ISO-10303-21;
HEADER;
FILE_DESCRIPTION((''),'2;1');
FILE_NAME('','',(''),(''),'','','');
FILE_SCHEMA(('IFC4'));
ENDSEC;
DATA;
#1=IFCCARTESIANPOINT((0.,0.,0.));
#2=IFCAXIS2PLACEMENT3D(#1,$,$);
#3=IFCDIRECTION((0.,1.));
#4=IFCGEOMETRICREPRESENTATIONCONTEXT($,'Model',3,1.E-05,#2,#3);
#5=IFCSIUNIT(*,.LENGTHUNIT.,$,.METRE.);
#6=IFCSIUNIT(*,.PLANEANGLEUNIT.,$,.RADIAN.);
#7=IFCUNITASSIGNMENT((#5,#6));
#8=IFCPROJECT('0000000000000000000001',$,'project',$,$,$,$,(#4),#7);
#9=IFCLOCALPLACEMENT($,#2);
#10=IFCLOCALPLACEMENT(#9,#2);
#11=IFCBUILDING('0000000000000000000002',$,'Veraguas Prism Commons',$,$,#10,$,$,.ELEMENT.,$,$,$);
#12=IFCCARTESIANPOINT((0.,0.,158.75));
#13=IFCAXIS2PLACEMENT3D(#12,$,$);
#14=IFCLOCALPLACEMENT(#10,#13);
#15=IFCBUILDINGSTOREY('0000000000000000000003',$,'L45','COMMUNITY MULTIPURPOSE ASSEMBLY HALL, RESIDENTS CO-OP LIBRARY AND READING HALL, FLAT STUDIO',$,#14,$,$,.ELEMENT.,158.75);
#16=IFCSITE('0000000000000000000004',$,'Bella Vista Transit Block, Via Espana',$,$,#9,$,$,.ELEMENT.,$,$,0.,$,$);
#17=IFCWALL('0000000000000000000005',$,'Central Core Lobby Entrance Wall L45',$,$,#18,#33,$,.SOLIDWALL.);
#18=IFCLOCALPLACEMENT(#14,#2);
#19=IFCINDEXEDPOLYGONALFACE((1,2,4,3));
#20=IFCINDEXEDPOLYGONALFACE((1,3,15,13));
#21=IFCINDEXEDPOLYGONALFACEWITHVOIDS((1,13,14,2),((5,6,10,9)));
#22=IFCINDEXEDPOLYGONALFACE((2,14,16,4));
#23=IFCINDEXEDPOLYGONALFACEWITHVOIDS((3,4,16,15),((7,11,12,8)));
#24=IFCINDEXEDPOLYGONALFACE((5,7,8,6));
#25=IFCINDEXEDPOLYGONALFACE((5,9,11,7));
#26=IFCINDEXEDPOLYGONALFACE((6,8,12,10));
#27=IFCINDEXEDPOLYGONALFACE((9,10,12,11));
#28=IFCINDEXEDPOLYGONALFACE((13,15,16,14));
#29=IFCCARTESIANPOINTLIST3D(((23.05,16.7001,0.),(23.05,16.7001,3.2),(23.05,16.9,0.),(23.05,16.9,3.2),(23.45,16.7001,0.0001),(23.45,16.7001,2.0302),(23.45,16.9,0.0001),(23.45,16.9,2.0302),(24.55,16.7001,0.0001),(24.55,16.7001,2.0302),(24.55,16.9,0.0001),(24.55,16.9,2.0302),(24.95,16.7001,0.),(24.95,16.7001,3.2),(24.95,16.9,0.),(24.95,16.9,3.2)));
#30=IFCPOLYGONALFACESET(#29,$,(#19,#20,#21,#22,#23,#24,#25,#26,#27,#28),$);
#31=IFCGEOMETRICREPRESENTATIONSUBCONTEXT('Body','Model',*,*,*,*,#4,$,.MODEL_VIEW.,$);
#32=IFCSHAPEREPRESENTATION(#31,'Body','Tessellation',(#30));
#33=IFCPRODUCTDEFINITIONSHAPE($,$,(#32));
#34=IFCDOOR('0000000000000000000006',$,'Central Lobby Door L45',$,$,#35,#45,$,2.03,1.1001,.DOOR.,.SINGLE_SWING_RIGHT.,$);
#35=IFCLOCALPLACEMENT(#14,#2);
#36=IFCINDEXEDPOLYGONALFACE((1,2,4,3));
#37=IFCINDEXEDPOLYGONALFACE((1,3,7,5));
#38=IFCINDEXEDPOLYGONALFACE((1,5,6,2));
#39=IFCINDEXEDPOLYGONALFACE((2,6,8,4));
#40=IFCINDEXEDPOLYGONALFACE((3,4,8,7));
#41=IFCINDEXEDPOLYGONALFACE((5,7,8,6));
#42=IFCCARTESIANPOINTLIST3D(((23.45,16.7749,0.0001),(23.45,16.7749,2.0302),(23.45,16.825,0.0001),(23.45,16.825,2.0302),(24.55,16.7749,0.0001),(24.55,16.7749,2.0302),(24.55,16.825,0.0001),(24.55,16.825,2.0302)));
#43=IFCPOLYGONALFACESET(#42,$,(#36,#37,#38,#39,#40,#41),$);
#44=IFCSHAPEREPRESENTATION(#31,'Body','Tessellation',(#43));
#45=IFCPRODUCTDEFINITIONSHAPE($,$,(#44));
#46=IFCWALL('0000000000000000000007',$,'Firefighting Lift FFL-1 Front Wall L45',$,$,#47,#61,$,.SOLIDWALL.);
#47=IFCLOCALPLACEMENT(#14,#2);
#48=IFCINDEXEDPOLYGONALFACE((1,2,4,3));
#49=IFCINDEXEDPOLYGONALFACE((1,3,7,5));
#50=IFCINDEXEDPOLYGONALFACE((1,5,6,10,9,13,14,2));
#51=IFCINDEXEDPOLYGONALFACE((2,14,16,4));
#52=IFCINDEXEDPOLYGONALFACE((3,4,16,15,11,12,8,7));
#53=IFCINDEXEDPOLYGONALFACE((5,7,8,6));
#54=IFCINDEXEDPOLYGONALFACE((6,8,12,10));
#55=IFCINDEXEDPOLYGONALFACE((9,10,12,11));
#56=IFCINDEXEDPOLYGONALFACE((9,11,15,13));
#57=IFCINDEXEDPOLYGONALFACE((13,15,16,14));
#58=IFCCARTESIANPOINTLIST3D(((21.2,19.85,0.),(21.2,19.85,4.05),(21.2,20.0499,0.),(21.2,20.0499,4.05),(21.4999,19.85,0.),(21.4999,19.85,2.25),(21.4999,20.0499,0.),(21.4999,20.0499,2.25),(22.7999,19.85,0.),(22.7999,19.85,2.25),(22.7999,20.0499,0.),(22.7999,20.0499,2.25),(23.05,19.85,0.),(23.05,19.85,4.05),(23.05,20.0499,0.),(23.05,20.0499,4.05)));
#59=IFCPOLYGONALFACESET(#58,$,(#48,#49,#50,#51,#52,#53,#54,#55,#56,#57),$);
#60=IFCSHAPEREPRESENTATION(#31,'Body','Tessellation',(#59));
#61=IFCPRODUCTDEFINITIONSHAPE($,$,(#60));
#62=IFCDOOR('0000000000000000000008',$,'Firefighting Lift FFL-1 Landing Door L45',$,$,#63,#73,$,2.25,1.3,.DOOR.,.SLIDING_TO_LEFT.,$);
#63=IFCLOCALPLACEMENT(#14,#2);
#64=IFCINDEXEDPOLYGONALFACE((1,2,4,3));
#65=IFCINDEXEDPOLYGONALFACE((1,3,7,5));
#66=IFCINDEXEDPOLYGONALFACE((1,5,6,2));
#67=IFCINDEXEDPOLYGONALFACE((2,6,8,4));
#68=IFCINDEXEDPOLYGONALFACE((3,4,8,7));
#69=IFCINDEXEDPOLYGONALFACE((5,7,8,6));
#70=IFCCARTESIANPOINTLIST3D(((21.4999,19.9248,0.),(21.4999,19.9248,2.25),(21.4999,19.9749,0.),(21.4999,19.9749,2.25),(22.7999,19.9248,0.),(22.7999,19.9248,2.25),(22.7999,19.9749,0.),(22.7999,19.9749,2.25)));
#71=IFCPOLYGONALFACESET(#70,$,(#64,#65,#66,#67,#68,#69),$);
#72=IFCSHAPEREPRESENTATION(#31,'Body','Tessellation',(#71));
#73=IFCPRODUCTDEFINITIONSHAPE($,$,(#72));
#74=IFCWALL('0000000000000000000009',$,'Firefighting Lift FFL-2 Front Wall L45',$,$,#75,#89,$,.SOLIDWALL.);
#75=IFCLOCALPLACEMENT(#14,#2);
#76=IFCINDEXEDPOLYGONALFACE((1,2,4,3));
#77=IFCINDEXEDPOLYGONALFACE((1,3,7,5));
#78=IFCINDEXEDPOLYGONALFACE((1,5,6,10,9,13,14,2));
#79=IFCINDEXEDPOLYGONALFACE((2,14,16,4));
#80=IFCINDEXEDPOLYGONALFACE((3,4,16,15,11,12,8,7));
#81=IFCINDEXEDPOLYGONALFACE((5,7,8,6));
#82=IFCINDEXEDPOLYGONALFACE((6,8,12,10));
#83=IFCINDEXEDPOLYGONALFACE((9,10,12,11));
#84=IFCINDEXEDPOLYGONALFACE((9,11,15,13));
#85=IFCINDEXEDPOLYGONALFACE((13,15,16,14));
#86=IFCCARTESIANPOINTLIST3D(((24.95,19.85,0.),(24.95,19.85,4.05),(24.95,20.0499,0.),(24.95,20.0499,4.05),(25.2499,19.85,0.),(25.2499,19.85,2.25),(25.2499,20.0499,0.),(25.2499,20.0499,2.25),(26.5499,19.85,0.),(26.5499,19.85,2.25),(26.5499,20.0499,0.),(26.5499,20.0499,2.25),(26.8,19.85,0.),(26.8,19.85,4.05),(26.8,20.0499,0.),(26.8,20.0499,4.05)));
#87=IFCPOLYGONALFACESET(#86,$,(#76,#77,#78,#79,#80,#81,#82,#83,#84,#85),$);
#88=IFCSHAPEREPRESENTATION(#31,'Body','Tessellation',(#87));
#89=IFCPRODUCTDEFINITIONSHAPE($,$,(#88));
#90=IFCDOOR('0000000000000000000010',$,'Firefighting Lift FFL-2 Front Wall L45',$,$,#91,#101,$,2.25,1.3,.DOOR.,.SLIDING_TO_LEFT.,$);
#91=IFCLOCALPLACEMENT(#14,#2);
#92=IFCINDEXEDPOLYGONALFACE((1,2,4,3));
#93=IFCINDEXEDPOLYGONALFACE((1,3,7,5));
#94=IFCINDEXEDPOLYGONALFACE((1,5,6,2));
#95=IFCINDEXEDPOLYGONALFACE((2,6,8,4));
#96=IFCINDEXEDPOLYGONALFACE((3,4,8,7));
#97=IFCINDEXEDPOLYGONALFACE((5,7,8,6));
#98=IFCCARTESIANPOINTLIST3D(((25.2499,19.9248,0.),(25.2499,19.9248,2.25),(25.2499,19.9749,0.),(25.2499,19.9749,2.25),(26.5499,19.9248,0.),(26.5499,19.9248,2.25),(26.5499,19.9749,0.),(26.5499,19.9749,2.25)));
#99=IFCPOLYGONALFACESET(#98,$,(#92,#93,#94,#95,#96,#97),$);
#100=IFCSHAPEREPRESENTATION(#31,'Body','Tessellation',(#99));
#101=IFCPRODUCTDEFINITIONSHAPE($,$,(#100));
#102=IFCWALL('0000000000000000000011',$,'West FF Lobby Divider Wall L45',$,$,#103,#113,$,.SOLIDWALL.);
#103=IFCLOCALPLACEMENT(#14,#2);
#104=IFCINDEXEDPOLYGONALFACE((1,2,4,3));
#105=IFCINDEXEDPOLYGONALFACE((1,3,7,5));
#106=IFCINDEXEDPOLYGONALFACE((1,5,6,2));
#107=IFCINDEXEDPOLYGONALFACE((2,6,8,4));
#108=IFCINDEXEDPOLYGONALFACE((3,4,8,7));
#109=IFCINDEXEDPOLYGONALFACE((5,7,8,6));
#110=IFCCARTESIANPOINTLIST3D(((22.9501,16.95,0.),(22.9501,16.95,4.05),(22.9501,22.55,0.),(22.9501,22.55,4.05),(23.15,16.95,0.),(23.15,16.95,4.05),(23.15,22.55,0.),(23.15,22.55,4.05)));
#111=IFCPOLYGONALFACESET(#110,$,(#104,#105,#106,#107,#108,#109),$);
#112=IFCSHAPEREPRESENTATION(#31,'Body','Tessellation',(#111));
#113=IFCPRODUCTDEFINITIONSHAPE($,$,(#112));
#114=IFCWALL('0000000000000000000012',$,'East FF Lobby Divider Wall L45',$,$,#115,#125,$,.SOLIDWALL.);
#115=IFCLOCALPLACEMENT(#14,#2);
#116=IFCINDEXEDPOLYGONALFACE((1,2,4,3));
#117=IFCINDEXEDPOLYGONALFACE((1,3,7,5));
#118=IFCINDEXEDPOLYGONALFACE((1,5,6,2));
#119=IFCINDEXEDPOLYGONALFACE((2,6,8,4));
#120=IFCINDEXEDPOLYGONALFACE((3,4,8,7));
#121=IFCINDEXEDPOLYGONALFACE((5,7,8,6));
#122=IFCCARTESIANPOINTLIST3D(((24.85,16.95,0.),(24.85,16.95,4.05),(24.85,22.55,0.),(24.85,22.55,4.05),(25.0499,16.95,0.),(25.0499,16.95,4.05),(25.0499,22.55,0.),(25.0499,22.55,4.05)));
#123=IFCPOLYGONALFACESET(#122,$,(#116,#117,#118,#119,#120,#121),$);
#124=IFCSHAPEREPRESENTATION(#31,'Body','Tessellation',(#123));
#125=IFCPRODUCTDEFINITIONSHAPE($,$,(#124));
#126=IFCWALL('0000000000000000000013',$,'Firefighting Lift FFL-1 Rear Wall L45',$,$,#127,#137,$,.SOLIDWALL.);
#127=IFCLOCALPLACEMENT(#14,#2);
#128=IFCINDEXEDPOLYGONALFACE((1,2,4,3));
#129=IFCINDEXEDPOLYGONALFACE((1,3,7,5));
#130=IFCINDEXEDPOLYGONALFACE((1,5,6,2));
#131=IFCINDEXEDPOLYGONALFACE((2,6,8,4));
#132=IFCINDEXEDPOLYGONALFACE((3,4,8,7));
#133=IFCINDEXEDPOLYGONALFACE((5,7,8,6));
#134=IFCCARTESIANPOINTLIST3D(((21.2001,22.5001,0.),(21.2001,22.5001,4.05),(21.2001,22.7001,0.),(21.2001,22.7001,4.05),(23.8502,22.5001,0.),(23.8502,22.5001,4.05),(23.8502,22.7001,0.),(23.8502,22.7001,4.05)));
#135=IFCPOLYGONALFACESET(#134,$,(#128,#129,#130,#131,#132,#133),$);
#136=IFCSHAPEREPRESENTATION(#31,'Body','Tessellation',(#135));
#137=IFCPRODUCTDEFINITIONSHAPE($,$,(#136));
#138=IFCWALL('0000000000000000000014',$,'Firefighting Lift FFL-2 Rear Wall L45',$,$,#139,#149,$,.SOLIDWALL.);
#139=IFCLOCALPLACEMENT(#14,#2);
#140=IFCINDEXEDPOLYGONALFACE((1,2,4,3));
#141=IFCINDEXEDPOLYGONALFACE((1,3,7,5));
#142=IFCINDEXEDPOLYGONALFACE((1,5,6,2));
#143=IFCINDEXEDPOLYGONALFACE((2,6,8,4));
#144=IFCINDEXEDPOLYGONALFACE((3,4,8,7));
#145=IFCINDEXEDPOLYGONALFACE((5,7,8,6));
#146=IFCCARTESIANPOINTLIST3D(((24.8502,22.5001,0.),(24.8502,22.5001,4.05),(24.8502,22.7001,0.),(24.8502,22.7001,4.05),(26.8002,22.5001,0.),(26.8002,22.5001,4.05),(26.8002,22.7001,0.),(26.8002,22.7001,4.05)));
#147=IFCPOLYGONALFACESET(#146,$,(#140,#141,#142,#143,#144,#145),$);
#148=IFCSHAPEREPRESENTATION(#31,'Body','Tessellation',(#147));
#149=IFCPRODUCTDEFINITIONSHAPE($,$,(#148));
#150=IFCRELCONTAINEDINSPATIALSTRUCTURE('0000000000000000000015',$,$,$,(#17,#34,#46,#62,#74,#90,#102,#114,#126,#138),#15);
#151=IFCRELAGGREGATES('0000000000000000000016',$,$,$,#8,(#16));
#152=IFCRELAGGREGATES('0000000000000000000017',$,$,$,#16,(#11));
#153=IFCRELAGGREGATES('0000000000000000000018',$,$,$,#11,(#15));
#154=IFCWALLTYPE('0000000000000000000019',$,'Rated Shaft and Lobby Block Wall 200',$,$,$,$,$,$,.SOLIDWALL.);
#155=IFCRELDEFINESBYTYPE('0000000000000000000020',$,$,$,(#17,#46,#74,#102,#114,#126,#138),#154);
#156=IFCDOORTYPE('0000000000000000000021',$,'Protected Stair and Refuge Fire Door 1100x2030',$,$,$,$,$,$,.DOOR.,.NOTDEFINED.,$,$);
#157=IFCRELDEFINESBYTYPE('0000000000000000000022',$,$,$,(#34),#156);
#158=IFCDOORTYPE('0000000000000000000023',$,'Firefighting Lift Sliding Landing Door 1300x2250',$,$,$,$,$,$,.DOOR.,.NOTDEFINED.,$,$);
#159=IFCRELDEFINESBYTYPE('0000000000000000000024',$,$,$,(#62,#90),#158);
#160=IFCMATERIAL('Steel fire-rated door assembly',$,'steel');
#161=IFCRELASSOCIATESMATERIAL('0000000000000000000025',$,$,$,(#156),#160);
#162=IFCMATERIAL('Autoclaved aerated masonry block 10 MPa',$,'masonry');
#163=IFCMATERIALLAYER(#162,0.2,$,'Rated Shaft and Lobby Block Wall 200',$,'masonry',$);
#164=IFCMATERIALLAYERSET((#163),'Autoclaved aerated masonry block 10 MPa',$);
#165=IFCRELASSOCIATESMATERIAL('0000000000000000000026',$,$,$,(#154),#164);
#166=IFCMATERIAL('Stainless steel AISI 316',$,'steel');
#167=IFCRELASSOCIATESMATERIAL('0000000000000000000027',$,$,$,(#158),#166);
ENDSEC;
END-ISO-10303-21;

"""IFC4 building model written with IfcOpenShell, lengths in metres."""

from ifc_helpers import new_model, si_unit, direction, frame, frame_2d, origin, place, context, subcontext, project, spatial, rectangle, extrude, source, transform, mapped, material, layer, layer_set, type_object, element, fill, save


model = new_model("IFC4")

# Units and contexts
model_context = context("Model", 3, precision=1e-05, world=origin(), true_north=direction((0.0, 1.0)))
body_context = subcontext(model_context, "Body", "Model", "MODEL_VIEW")
ifc_project = project(units=[si_unit("LENGTHUNIT", "METRE"), si_unit("PLANEANGLEUNIT", "RADIAN")], contexts=[model_context])

# Site, building, storey
site_placement = place(None, origin())
site = spatial("IfcSite", under=ifc_project, at=site_placement, Name="Bella Vista Transit Block, Via Espana", CompositionType="ELEMENT", RefElevation=0.0)
building_placement = place(site_placement, origin())
building = spatial("IfcBuilding", under=site, at=building_placement, Name="Veraguas Prism Commons", CompositionType="ELEMENT")
storey_placement = place(building_placement, frame((0.0, 0.0, 158.75)))
storey = spatial("IfcBuildingStorey", under=building, at=storey_placement, Name="L45", Description="COMMUNITY MULTIPURPOSE ASSEMBLY HALL, RESIDENTS CO-OP LIBRARY AND READING HALL, FLAT STUDIO", CompositionType="ELEMENT", Elevation=158.75)

# Shared definitions
ifc_material_1 = material(Name="Steel fire-rated door assembly", Category="steel")
door_type_1 = type_object("IfcDoorType", Name="Protected Stair and Refuge Fire Door 1100x2030", OperationType="NOTDEFINED", PredefinedType="DOOR", material=ifc_material_1)
shared_shape_1 = source(origin(), body_context, "Body", "SweptSolid", [
    extrude(rectangle(XDim=1.1001, YDim=2.03, at=frame_2d((0.55, 1.0151))), frame((0.0, 0.0249, 0.0), z_axis=(0.0, -1.0, 0.0), x_axis=(1.0, 0.0, 0.0)), (0.0, 0.0, 1.0), 0.05),
])

# Walls, openings, doors
ifc_material_2 = material(Name="Autoclaved aerated masonry block 10 MPa", Category="masonry")
ifc_layer_1 = layer(ifc_material_2, 0.2, Name="Rated Shaft and Lobby Block Wall 200", Category="masonry")
ifc_layer_set_1 = layer_set([ifc_layer_1], Name="Autoclaved aerated masonry block 10 MPa")
wall_type_1 = type_object("IfcWallType", Name="Rated Shaft and Lobby Block Wall 200", PredefinedType="SOLIDWALL", material=ifc_layer_set_1)
wall_1_placement = place(storey_placement, frame((23.05, 16.8, 0.0), z_axis=(0.0, 0.0, 1.0), x_axis=(1.0, 0.0, 0.0)))
wall_1 = element("IfcWall", 1, at=wall_1_placement, inside=storey, type_object=wall_type_1, Name="Central Core Lobby Entrance Wall L45", PredefinedType="SOLIDWALL", context=body_context, shape_type="SweptSolid", body=[
    extrude(rectangle(XDim=1.8999, YDim=0.2, at=frame_2d((0.95, 0.0))), origin(), (0.0, 0.0, 1.0), 3.2),
])
opening_1_placement = place(wall_1_placement, frame((0.3999, 0.0, 0.0)))
opening_1 = element("IfcOpeningElement", 2, at=opening_1_placement, cuts=wall_1, PredefinedType="OPENING", context=body_context, shape_type="SweptSolid", body=[
    extrude(rectangle(XDim=1.1001, YDim=2.03, at=frame_2d((0.55, 1.0151))), frame((0.0, 0.1099, 0.0), z_axis=(0.0, -1.0, 0.0), x_axis=(1.0, 0.0, 0.0)), (0.0, 0.0, 1.0), 0.22),
])
door_1_placement = place(opening_1_placement, origin())
door_1 = element("IfcDoor", 3, at=door_1_placement, inside=storey, type_object=door_type_1, Name="Central Lobby Door L45", OperationType="SINGLE_SWING_RIGHT", OverallHeight=2.03, OverallWidth=1.1001, PredefinedType="DOOR", context=body_context, shape_type="MappedRepresentation", body=[
    mapped(shared_shape_1, transform((0.0, 0.0, 0.0), scale=1.0)),
])
fill(opening_1, door_1)
wall_2_placement = place(storey_placement, frame((21.2, 19.95, 0.0), z_axis=(0.0, 0.0, 1.0), x_axis=(1.0, 0.0, 0.0)))
wall_2 = element("IfcWall", 4, at=wall_2_placement, inside=storey, type_object=wall_type_1, Name="Firefighting Lift FFL-1 Front Wall L45", PredefinedType="SOLIDWALL", context=body_context, shape_type="SweptSolid", body=[
    extrude(rectangle(XDim=1.8501, YDim=0.2, at=frame_2d((0.925, 0.0))), origin(), (0.0, 0.0, 1.0), 4.05),
])
opening_2_placement = place(wall_2_placement, frame((0.3, 0.0, 0.0)))
opening_2 = element("IfcOpeningElement", 5, at=opening_2_placement, cuts=wall_2, PredefinedType="OPENING", context=body_context, shape_type="SweptSolid", body=[
    extrude(rectangle(XDim=1.3, YDim=2.25, at=frame_2d((0.6499, 1.125))), frame((0.0, 0.1099, 0.0), z_axis=(0.0, -1.0, 0.0), x_axis=(1.0, 0.0, 0.0)), (0.0, 0.0, 1.0), 0.22),
])
ifc_material_3 = material(Name="Stainless steel AISI 316", Category="steel")
door_type_2 = type_object("IfcDoorType", Name="Firefighting Lift Sliding Landing Door 1300x2250", OperationType="NOTDEFINED", PredefinedType="DOOR", material=ifc_material_3)
shared_shape_2 = source(origin(), body_context, "Body", "SweptSolid", [
    extrude(rectangle(XDim=1.3, YDim=2.25, at=frame_2d((0.6499, 1.125))), frame((0.0, 0.0249, 0.0), z_axis=(0.0, -1.0, 0.0), x_axis=(1.0, 0.0, 0.0)), (0.0, 0.0, 1.0), 0.05),
])
door_2_placement = place(opening_2_placement, origin())
door_2 = element("IfcDoor", 6, at=door_2_placement, inside=storey, type_object=door_type_2, Name="Firefighting Lift FFL-1 Landing Door L45", OperationType="SLIDING_TO_LEFT", OverallHeight=2.25, OverallWidth=1.3, PredefinedType="DOOR", context=body_context, shape_type="MappedRepresentation", body=[
    mapped(shared_shape_2, transform((0.0, 0.0, 0.0), scale=1.0)),
])
fill(opening_2, door_2)
wall_3_placement = place(storey_placement, frame((24.95, 19.95, 0.0), z_axis=(0.0, 0.0, 1.0), x_axis=(1.0, 0.0, 0.0)))
wall_3 = element("IfcWall", 7, at=wall_3_placement, inside=storey, type_object=wall_type_1, Name="Firefighting Lift FFL-2 Front Wall L45", PredefinedType="SOLIDWALL", context=body_context, shape_type="SweptSolid", body=[
    extrude(rectangle(XDim=1.8501, YDim=0.2, at=frame_2d((0.925, 0.0))), origin(), (0.0, 0.0, 1.0), 4.05),
])
opening_3_placement = place(wall_3_placement, frame((0.3, 0.0, 0.0)))
opening_3 = element("IfcOpeningElement", 8, at=opening_3_placement, cuts=wall_3, PredefinedType="OPENING", context=body_context, shape_type="SweptSolid", body=[
    extrude(rectangle(XDim=1.3, YDim=2.25, at=frame_2d((0.6499, 1.125))), frame((0.0, 0.1099, 0.0), z_axis=(0.0, -1.0, 0.0), x_axis=(1.0, 0.0, 0.0)), (0.0, 0.0, 1.0), 0.22),
])
door_3_placement = place(opening_3_placement, origin())
door_3 = element("IfcDoor", 9, at=door_3_placement, inside=storey, type_object=door_type_2, Name="Firefighting Lift FFL-2 Front Wall L45", OperationType="SLIDING_TO_LEFT", OverallHeight=2.25, OverallWidth=1.3, PredefinedType="DOOR", context=body_context, shape_type="MappedRepresentation", body=[
    mapped(shared_shape_2, transform((0.0, 0.0, 0.0), scale=1.0)),
])
fill(opening_3, door_3)

# Walls
for number, where, z_axis, x_axis, name in (
    (10, (23.05, 16.95, 0.0), (0.0, 0.0, 1.0), (0.0, 1.0, 0.0), "West FF Lobby Divider Wall L45"),
    (11, (24.95, 16.95, 0.0), (0.0, 0.0, 1.0), (0.0, 1.0, 0.0), "East FF Lobby Divider Wall L45"),
):
    element("IfcWall", number, at=place(storey_placement, frame(where, z_axis=z_axis, x_axis=x_axis)), inside=storey, type_object=wall_type_1, Name=name, PredefinedType="SOLIDWALL", context=body_context, shape_type="SweptSolid", body=[
        extrude(rectangle(XDim=5.6001, YDim=0.2, at=frame_2d((2.8, 0.0))), origin(), (0.0, 0.0, 1.0), 4.05),
    ])
wall_4_placement = place(storey_placement, frame((21.2, 22.6001, 0.0), z_axis=(0.0, 0.0, 1.0), x_axis=(1.0, 0.0, 0.0)))
element("IfcWall", 12, at=wall_4_placement, inside=storey, type_object=wall_type_1, Name="Firefighting Lift FFL-1 Rear Wall L45", PredefinedType="SOLIDWALL", context=body_context, shape_type="SweptSolid", body=[
    extrude(rectangle(XDim=2.6501, YDim=0.2, at=frame_2d((1.3252, 0.0))), origin(), (0.0, 0.0, 1.0), 4.05),
])
wall_5_placement = place(storey_placement, frame((24.8501, 22.6001, 0.0), z_axis=(0.0, 0.0, 1.0), x_axis=(1.0, 0.0, 0.0)))
element("IfcWall", 13, at=wall_5_placement, inside=storey, type_object=wall_type_1, Name="Firefighting Lift FFL-2 Rear Wall L45", PredefinedType="SOLIDWALL", context=body_context, shape_type="SweptSolid", body=[
    extrude(rectangle(XDim=1.95, YDim=0.2, at=frame_2d((0.9751, 0.0))), origin(), (0.0, 0.0, 1.0), 4.05),
])

save(model, "model.ifc")
